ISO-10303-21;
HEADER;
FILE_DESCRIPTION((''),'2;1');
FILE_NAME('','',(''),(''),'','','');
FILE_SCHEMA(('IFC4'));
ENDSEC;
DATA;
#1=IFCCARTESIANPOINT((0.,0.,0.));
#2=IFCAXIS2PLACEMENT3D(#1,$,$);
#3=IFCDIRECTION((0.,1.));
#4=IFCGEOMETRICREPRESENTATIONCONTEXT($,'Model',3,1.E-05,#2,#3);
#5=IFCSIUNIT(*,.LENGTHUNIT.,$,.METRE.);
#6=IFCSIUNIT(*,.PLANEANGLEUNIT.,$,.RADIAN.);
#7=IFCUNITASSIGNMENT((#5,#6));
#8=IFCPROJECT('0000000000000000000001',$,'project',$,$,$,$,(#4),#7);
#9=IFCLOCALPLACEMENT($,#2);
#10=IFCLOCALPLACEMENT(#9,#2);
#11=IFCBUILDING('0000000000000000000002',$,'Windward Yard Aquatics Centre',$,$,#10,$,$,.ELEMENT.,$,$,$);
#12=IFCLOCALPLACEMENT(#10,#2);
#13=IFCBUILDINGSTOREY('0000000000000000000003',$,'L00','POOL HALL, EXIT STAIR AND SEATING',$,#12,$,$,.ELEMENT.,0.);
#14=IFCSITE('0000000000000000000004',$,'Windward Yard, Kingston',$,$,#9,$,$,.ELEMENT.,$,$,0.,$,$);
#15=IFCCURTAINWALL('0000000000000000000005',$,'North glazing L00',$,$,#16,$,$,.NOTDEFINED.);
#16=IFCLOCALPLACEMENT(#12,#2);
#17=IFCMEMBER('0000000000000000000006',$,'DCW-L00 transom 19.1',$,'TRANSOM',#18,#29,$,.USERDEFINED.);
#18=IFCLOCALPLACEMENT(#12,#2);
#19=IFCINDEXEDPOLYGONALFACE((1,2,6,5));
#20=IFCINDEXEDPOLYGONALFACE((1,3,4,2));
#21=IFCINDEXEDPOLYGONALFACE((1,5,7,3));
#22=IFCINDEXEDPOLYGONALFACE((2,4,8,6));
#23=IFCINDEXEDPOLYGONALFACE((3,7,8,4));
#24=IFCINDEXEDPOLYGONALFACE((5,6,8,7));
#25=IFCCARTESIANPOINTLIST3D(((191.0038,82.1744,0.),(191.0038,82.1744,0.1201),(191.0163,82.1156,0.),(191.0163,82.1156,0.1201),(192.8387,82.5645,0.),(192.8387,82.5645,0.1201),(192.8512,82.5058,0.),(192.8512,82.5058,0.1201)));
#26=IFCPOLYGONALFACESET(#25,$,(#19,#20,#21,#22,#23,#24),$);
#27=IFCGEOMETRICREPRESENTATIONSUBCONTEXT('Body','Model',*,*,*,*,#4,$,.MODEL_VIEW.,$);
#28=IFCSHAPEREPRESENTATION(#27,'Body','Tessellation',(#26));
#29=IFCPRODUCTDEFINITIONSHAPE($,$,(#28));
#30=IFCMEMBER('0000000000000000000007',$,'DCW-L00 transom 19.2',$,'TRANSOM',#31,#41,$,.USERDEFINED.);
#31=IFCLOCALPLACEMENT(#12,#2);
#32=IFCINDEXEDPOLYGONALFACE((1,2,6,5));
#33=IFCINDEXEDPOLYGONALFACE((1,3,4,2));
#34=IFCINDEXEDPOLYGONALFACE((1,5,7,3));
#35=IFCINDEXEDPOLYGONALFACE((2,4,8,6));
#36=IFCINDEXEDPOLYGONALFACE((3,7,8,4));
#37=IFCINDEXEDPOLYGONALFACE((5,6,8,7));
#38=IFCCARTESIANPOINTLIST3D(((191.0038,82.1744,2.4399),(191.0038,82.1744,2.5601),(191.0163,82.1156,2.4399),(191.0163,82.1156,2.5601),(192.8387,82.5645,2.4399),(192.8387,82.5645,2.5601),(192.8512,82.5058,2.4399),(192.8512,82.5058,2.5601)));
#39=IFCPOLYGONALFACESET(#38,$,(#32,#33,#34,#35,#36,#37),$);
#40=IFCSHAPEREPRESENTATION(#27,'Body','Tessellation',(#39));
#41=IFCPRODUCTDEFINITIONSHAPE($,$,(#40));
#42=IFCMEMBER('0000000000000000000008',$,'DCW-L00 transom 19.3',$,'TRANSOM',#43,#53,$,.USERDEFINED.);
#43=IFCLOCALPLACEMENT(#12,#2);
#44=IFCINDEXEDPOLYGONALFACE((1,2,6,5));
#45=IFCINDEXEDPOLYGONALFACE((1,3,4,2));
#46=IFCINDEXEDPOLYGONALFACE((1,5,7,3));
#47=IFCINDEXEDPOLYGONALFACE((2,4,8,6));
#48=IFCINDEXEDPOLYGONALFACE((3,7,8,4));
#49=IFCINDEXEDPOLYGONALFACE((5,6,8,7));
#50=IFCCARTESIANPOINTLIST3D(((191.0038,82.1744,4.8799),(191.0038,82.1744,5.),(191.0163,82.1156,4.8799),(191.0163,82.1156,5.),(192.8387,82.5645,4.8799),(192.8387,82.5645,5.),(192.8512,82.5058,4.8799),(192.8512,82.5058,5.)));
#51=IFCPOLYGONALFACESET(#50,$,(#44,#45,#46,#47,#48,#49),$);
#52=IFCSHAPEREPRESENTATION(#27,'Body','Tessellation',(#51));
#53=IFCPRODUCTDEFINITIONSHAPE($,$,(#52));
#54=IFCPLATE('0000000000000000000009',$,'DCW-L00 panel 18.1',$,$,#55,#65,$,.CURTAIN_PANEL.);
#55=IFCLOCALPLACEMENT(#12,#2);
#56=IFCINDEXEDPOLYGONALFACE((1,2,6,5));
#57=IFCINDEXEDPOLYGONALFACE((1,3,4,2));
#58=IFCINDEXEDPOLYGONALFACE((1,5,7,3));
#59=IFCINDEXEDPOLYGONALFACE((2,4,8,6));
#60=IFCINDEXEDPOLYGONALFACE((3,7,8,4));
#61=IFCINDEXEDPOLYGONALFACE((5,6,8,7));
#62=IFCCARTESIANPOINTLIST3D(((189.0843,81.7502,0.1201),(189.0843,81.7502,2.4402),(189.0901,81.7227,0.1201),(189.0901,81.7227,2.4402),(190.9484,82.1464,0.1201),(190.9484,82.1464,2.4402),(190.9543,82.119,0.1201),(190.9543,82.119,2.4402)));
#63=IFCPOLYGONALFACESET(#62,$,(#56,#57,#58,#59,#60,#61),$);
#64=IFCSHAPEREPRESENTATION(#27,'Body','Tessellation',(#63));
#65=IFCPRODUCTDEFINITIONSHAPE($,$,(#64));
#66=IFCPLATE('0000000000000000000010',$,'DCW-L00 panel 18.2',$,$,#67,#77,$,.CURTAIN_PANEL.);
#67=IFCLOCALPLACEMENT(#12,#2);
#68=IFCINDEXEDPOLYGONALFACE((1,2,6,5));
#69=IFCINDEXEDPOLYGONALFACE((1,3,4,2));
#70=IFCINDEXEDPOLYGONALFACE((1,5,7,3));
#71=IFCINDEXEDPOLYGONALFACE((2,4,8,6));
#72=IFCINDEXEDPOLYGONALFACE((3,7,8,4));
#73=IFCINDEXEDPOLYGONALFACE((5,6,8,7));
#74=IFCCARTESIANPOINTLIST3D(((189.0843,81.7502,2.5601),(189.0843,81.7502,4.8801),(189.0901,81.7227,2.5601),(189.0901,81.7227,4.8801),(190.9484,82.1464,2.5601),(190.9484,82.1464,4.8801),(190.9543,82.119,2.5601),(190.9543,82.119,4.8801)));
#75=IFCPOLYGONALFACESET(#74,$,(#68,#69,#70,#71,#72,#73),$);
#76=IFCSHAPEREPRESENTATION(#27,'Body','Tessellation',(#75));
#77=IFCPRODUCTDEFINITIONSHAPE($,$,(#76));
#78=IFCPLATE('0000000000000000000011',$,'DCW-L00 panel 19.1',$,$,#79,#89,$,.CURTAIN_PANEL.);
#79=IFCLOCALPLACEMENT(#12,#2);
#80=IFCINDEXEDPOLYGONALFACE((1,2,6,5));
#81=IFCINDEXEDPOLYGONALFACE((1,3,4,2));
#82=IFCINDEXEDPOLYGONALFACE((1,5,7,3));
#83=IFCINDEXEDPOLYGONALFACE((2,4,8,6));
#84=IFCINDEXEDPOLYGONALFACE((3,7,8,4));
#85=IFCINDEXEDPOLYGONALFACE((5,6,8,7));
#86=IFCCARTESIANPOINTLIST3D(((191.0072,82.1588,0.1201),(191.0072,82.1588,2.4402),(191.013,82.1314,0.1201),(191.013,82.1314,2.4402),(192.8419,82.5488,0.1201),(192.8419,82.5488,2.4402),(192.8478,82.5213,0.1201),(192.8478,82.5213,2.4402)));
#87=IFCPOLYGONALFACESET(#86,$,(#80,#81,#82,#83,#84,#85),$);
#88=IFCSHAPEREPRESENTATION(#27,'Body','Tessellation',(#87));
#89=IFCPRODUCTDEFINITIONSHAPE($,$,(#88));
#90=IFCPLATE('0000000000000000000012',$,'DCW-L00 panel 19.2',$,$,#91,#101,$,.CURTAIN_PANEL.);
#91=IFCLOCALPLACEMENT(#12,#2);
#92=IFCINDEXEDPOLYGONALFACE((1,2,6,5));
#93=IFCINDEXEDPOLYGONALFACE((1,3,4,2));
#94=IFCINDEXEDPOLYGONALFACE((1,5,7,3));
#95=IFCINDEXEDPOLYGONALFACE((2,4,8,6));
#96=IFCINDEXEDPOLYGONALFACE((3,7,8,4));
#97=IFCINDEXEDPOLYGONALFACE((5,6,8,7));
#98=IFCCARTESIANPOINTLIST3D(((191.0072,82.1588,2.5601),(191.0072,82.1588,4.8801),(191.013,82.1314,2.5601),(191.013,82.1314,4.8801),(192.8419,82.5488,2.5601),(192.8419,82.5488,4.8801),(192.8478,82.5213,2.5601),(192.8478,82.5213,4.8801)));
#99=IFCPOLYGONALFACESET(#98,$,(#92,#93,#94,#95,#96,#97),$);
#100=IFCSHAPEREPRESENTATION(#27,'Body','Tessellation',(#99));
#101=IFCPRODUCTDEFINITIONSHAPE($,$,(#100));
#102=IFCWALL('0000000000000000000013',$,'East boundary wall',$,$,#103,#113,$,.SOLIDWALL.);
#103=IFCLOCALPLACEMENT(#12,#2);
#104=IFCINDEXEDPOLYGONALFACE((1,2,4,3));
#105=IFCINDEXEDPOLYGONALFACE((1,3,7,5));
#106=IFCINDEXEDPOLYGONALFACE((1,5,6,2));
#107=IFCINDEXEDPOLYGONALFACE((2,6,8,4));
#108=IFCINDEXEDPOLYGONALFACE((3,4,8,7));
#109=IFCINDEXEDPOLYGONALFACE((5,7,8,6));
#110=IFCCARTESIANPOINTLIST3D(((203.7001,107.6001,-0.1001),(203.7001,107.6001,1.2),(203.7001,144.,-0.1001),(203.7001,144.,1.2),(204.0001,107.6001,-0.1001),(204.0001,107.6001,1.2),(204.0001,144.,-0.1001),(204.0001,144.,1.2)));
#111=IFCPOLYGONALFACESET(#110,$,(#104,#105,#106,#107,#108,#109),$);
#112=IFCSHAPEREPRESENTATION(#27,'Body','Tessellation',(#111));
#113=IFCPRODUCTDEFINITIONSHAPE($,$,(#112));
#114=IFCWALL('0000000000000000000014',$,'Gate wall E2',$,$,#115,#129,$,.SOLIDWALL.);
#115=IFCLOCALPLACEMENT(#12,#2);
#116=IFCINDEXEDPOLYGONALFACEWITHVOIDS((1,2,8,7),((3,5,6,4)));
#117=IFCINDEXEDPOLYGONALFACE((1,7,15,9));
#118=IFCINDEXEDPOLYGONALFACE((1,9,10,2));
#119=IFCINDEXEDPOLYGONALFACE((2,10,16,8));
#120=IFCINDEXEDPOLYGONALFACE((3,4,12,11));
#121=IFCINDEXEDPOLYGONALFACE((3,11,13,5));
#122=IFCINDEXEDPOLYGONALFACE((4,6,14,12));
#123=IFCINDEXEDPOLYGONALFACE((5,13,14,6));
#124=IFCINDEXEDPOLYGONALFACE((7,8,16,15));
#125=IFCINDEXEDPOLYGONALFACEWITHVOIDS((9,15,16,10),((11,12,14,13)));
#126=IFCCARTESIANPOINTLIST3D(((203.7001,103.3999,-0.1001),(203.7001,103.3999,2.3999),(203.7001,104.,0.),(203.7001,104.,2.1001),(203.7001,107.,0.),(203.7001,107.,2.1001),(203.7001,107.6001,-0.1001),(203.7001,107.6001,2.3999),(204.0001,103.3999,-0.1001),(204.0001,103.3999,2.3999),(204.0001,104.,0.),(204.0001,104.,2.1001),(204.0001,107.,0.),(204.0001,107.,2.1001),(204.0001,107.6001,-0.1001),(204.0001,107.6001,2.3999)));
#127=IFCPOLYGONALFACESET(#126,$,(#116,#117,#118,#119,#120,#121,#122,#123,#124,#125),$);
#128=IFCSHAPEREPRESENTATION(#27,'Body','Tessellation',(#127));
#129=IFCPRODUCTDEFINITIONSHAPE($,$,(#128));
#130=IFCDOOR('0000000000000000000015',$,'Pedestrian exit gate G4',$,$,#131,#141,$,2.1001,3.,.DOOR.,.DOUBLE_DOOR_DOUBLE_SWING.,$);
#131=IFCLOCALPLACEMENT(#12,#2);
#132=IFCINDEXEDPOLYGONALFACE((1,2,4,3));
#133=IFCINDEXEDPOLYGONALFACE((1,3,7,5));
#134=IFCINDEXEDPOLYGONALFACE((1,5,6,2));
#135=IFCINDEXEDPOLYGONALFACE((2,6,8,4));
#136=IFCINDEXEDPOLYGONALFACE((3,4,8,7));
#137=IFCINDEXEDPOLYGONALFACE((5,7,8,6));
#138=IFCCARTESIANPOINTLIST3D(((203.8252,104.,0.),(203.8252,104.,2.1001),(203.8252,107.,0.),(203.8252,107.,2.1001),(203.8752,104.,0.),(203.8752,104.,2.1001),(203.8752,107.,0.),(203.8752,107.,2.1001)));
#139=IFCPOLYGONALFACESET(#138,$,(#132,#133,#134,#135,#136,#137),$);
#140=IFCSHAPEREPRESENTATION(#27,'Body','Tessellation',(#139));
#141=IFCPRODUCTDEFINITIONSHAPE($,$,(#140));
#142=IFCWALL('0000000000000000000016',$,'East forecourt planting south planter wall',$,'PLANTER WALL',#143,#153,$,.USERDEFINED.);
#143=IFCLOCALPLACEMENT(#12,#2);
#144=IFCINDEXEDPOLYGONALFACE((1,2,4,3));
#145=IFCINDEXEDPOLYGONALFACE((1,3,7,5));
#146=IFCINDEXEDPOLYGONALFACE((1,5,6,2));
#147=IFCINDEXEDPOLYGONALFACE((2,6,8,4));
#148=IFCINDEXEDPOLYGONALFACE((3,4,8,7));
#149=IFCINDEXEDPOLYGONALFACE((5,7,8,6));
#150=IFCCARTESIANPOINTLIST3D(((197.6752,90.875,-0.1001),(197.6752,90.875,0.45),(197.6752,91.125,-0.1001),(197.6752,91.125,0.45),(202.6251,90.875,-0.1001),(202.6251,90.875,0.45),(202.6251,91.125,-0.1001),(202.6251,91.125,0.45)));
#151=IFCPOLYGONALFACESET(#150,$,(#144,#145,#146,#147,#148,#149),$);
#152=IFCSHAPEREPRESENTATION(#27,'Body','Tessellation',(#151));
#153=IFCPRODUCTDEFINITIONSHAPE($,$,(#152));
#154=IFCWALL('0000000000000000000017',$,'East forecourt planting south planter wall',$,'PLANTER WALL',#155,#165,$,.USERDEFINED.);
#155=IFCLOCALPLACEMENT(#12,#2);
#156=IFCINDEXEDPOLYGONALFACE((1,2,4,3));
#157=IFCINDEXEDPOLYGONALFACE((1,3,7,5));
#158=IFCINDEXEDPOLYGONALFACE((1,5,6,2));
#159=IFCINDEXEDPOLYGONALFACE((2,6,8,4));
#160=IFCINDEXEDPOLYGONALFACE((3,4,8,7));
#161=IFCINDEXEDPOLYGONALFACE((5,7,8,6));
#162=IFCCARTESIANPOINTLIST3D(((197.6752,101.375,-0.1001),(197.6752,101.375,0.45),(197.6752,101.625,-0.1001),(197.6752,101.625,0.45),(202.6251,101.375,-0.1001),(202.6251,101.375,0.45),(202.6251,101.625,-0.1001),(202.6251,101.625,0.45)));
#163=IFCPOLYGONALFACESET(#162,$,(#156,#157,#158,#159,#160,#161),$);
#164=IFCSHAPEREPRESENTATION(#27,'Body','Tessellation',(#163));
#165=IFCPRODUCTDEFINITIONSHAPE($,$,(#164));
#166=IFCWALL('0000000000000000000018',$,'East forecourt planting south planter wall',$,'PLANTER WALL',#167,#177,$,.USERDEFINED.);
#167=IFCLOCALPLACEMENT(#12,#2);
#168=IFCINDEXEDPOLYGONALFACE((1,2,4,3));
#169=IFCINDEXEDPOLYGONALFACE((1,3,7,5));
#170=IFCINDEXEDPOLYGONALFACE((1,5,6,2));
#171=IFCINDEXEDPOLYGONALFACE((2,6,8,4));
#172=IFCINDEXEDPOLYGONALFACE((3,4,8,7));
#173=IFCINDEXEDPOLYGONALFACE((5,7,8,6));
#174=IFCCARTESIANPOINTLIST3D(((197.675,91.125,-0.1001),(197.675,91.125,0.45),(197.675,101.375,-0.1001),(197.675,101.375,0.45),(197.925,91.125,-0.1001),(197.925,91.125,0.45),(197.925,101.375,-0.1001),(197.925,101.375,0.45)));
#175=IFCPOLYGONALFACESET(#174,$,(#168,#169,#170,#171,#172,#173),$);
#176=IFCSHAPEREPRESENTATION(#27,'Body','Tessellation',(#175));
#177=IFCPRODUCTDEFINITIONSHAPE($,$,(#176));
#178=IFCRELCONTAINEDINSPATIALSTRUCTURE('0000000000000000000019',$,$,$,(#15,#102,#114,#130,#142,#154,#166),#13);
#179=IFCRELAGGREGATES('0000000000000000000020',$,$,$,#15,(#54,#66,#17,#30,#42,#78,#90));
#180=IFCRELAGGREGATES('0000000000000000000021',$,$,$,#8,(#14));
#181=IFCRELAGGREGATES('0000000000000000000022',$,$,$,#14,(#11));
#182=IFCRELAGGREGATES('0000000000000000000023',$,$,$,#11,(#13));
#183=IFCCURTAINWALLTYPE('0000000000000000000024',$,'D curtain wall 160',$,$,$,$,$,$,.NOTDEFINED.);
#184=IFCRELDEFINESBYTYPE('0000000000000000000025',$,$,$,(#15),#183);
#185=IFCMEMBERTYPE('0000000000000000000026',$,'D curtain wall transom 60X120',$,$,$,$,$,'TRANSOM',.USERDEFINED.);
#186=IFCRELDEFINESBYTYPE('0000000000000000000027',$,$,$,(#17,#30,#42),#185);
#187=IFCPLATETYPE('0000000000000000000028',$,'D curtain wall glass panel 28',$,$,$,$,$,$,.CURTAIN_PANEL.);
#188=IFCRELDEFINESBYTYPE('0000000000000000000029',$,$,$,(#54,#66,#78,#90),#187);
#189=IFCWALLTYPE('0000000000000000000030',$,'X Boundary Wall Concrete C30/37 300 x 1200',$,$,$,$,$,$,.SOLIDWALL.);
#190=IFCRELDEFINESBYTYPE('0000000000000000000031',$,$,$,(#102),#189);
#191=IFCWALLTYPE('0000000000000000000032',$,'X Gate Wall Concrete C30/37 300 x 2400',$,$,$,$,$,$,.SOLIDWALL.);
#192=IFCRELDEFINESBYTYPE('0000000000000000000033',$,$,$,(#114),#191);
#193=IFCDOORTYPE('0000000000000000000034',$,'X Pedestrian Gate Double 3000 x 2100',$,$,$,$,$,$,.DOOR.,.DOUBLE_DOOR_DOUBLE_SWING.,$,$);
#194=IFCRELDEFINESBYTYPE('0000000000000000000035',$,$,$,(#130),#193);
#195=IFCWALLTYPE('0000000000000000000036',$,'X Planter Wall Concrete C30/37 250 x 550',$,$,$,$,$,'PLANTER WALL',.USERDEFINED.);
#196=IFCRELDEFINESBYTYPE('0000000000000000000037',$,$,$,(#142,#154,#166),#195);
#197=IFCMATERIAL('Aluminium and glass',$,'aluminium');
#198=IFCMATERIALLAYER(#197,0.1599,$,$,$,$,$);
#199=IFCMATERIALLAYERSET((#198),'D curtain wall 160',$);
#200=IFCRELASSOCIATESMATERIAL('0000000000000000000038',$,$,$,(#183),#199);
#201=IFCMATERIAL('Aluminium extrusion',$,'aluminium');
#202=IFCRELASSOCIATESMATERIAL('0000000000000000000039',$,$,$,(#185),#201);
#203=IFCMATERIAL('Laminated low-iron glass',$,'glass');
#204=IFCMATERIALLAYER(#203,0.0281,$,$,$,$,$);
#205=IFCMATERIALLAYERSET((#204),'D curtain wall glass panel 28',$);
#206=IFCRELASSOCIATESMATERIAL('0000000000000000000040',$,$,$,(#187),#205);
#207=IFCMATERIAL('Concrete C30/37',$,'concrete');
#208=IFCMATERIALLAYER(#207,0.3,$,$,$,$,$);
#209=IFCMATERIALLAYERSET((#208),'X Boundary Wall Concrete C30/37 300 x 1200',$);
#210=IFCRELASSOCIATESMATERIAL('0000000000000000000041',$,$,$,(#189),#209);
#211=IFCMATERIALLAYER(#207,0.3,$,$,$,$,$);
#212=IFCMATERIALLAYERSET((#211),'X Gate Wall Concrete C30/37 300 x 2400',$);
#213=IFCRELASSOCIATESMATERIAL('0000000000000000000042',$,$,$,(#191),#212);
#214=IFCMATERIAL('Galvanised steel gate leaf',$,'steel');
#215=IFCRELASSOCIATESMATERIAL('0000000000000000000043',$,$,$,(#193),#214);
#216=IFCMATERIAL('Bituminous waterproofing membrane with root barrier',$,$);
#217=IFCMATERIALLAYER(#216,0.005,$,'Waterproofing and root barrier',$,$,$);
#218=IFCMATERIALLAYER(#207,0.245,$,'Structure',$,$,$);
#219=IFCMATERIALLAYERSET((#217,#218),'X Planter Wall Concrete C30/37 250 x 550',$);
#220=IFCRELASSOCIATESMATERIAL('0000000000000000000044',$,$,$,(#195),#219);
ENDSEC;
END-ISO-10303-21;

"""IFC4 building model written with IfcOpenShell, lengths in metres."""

from ifc_helpers import new_model, si_unit, direction, frame, frame_2d, origin, origin_2d, place, context, subcontext, project, spatial, rectangle, extrude, material, layer, layer_set, material_profile, profile_set, type_object, element, fill, aggregate, save


model = new_model("IFC4")

# Units and contexts
model_context = context("Model", 3, precision=1e-05, world=origin(), true_north=direction((0.0, 1.0)))
body_context = subcontext(model_context, "Body", "Model", "MODEL_VIEW")
ifc_project = project(units=[si_unit("LENGTHUNIT", "METRE"), si_unit("PLANEANGLEUNIT", "RADIAN")], contexts=[model_context])

# Site, building, storey
site_placement = place(None, origin())
site = spatial("IfcSite", under=ifc_project, at=site_placement, Name="Windward Yard, Kingston", CompositionType="ELEMENT", RefElevation=0.0)
building_placement = place(site_placement, origin())
building = spatial("IfcBuilding", under=site, at=building_placement, Name="Windward Yard Aquatics Centre", CompositionType="ELEMENT")
storey_placement = place(building_placement, origin())
storey = spatial("IfcBuildingStorey", under=building, at=storey_placement, Name="L00", Description="POOL HALL, EXIT STAIR AND SEATING", CompositionType="ELEMENT", Elevation=0.0)

# Curtain wall, members, plates
ifc_material_1 = material(Name="Aluminium and glass", Category="aluminium")
ifc_layer_1 = layer(ifc_material_1, 0.1599)
ifc_layer_set_1 = layer_set([ifc_layer_1], Name="D curtain wall 160")
curtain_wall_type = type_object("IfcCurtainWallType", Name="D curtain wall 160", PredefinedType="NOTDEFINED", material=ifc_layer_set_1)
curtain_wall_placement = place(storey_placement, origin())
curtain_wall = element("IfcCurtainWall", 1, at=curtain_wall_placement, inside=storey, type_object=curtain_wall_type, Name="North glazing L00", PredefinedType="NOTDEFINED")
ifc_material_2 = material(Name="Aluminium extrusion", Category="aluminium")
ifc_material_profile_1 = material_profile(ifc_material_2, rectangle(XDim=0.0601, YDim=0.1201, at=origin_2d()), Name="TRANSOM 60X120")
ifc_profile_set_1 = profile_set([ifc_material_profile_1], Name="Aluminium extrusion")
member_type_1 = type_object("IfcMemberType", Name="D curtain wall transom 60X120", ElementType="TRANSOM", PredefinedType="USERDEFINED", material=ifc_profile_set_1)
member_1_placement = place(storey_placement, frame((191.01, 82.145, 0.0601), z_axis=(0.978136, 0.207965, 0.0), x_axis=(-0.207965, 0.978136, 0.0)))
member_1 = element("IfcMember", 2, at=member_1_placement, type_object=member_type_1, Name="DCW-L00 transom 19.1", ObjectType="TRANSOM", PredefinedType="USERDEFINED", context=body_context, shape_type="SweptSolid", body=[
    extrude(rectangle(XDim=0.0601, YDim=0.1201, at=origin_2d()), origin(), (0.0, 0.0, 1.0), 1.876),
])
member_2_placement = place(storey_placement, frame((191.01, 82.145, 2.5), z_axis=(0.978136, 0.207965, 0.0), x_axis=(-0.207965, 0.978136, 0.0)))
member_2 = element("IfcMember", 3, at=member_2_placement, type_object=member_type_1, Name="DCW-L00 transom 19.2", ObjectType="TRANSOM", PredefinedType="USERDEFINED", context=body_context, shape_type="SweptSolid", body=[
    extrude(rectangle(XDim=0.0601, YDim=0.1201, at=origin_2d()), origin(), (0.0, 0.0, 1.0), 1.876),
])
member_3_placement = place(storey_placement, frame((191.01, 82.145, 4.9399), z_axis=(0.978136, 0.207965, 0.0), x_axis=(-0.207965, 0.978136, 0.0)))
member_3 = element("IfcMember", 4, at=member_3_placement, type_object=member_type_1, Name="DCW-L00 transom 19.3", ObjectType="TRANSOM", PredefinedType="USERDEFINED", context=body_context, shape_type="SweptSolid", body=[
    extrude(rectangle(XDim=0.0601, YDim=0.1201, at=origin_2d()), origin(), (0.0, 0.0, 1.0), 1.876),
])
ifc_material_3 = material(Name="Laminated low-iron glass", Category="glass")
ifc_layer_2 = layer(ifc_material_3, 0.0281)
ifc_layer_set_2 = layer_set([ifc_layer_2], Name="D curtain wall glass panel 28")
plate_type = type_object("IfcPlateType", Name="D curtain wall glass panel 28", PredefinedType="CURTAIN_PANEL", material=ifc_layer_set_2)
plate_1_placement = place(storey_placement, frame((190.0193, 81.9346, 0.1201), z_axis=(0.0, 0.0, 1.0), x_axis=(0.978148, 0.207912, 0.0)))
plate_1 = element("IfcPlate", 5, at=plate_1_placement, type_object=plate_type, Name="DCW-L00 panel 18.1", PredefinedType="CURTAIN_PANEL", context=body_context, shape_type="SweptSolid", body=[
    extrude(rectangle(XDim=1.9058, YDim=0.0281, at=origin_2d()), origin(), (0.0, 0.0, 1.0), 2.3201),
])
plate_2_placement = place(storey_placement, frame((190.0193, 81.9346, 2.5601), z_axis=(0.0, 0.0, 1.0), x_axis=(0.978148, 0.207912, 0.0)))
plate_2 = element("IfcPlate", 6, at=plate_2_placement, type_object=plate_type, Name="DCW-L00 panel 18.2", PredefinedType="CURTAIN_PANEL", context=body_context, shape_type="SweptSolid", body=[
    extrude(rectangle(XDim=1.9058, YDim=0.0281, at=origin_2d()), origin(), (0.0, 0.0, 1.0), 2.3201),
])
plate_3_placement = place(storey_placement, frame((191.9275, 82.3401, 0.1201), z_axis=(0.0, 0.0, 1.0), x_axis=(0.978148, 0.207912, 0.0)))
plate_3 = element("IfcPlate", 7, at=plate_3_placement, type_object=plate_type, Name="DCW-L00 panel 19.1", PredefinedType="CURTAIN_PANEL", context=body_context, shape_type="SweptSolid", body=[
    extrude(rectangle(XDim=1.8757, YDim=0.0281, at=origin_2d()), origin(), (0.0, 0.0, 1.0), 2.3201),
])
plate_4_placement = place(storey_placement, frame((191.9275, 82.3401, 2.5601), z_axis=(0.0, 0.0, 1.0), x_axis=(0.978148, 0.207912, 0.0)))
plate_4 = element("IfcPlate", 8, at=plate_4_placement, type_object=plate_type, Name="DCW-L00 panel 19.2", PredefinedType="CURTAIN_PANEL", context=body_context, shape_type="SweptSolid", body=[
    extrude(rectangle(XDim=1.8757, YDim=0.0281, at=origin_2d()), origin(), (0.0, 0.0, 1.0), 2.3201),
])
aggregate(curtain_wall, [plate_1, plate_2, member_1, member_2, member_3, plate_3, plate_4])

# Wall
ifc_material_4 = material(Name="Concrete C30/37", Category="concrete")
ifc_layer_3 = layer(ifc_material_4, 0.3)
ifc_layer_set_3 = layer_set([ifc_layer_3], Name="X Boundary Wall Concrete C30/37 300 x 1200")
wall_type_1 = type_object("IfcWallType", Name="X Boundary Wall Concrete C30/37 300 x 1200", PredefinedType="SOLIDWALL", material=ifc_layer_set_3)
wall_1_placement = place(storey_placement, frame((203.8501, 107.6001, -0.1001), z_axis=(0.0, 0.0, 1.0), x_axis=(0.0, 1.0, 0.0)))
element("IfcWall", 9, at=wall_1_placement, inside=storey, type_object=wall_type_1, Name="East boundary wall", PredefinedType="SOLIDWALL", context=body_context, shape_type="SweptSolid", body=[
    extrude(rectangle(XDim=36.3999, YDim=0.3, at=frame_2d((18.2, 0.0))), origin(), (0.0, 0.0, 1.0), 1.3),
])

# Wall, opening, door
ifc_layer_4 = layer(ifc_material_4, 0.3)
ifc_layer_set_4 = layer_set([ifc_layer_4], Name="X Gate Wall Concrete C30/37 300 x 2400")
wall_type_2 = type_object("IfcWallType", Name="X Gate Wall Concrete C30/37 300 x 2400", PredefinedType="SOLIDWALL", material=ifc_layer_set_4)
wall_2_placement = place(storey_placement, frame((203.8501, 103.3999, -0.1001), z_axis=(0.0, 0.0, 1.0), x_axis=(0.0, 1.0, 0.0)))
wall_2 = element("IfcWall", 10, at=wall_2_placement, inside=storey, type_object=wall_type_2, Name="Gate wall E2", PredefinedType="SOLIDWALL", context=body_context, shape_type="SweptSolid", body=[
    extrude(rectangle(XDim=4.2002, YDim=0.3, at=frame_2d((2.1001, 0.0))), origin(), (0.0, 0.0, 1.0), 2.5),
])
opening_placement = place(wall_2_placement, frame((0.6001, 0.0, 0.1001)))
opening = element("IfcOpeningElement", 11, at=opening_placement, cuts=wall_2, PredefinedType="OPENING", context=body_context, shape_type="SweptSolid", body=[
    extrude(rectangle(XDim=3.0, YDim=2.1001, at=frame_2d((1.5, 1.05))), frame((0.0, 0.1602, 0.0), z_axis=(0.0, -1.0, 0.0), x_axis=(1.0, 0.0, 0.0)), (0.0, 0.0, 1.0), 0.3201),
])
ifc_material_5 = material(Name="Galvanised steel gate leaf", Category="steel")
door_type = type_object("IfcDoorType", Name="X Pedestrian Gate Double 3000 x 2100", OperationType="DOUBLE_DOOR_DOUBLE_SWING", PredefinedType="DOOR", material=ifc_material_5)
door_placement = place(opening_placement, origin())
door = element("IfcDoor", 12, at=door_placement, inside=storey, type_object=door_type, Name="Pedestrian exit gate G4", OperationType="DOUBLE_DOOR_DOUBLE_SWING", OverallHeight=2.1001, OverallWidth=3.0, PredefinedType="DOOR", context=body_context, shape_type="SweptSolid", body=[
    extrude(rectangle(XDim=3.0, YDim=2.1001, at=frame_2d((1.5, 1.05))), frame((0.0, 0.0249, 0.0), z_axis=(0.0, -1.0, 0.0), x_axis=(1.0, 0.0, 0.0)), (0.0, 0.0, 1.0), 0.05),
])
fill(opening, door)

# Walls
ifc_material_6 = material(Name="Bituminous waterproofing membrane with root barrier")
ifc_layer_5 = layer(ifc_material_6, 0.005, Name="Waterproofing and root barrier")
ifc_layer_6 = layer(ifc_material_4, 0.245, Name="Structure")
ifc_layer_set_5 = layer_set([ifc_layer_5, ifc_layer_6], Name="X Planter Wall Concrete C30/37 250 x 550")
wall_type_3 = type_object("IfcWallType", Name="X Planter Wall Concrete C30/37 250 x 550", ElementType="PLANTER WALL", PredefinedType="USERDEFINED", material=ifc_layer_set_5)
for number, where, z_axis, x_axis, name in (
    (13, (197.675, 91.0, -0.1001), (0.0, 0.0, 1.0), (1.0, 0.0, 0.0), "East forecourt planting south planter wall"),
    (14, (197.675, 101.5, -0.1001), (0.0, 0.0, 1.0), (1.0, 0.0, 0.0), "East forecourt planting south planter wall"),
):
    element("IfcWall", number, at=place(storey_placement, frame(where, z_axis=z_axis, x_axis=x_axis)), inside=storey, type_object=wall_type_3, Name=name, ObjectType="PLANTER WALL", PredefinedType="USERDEFINED", context=body_context, shape_type="SweptSolid", body=[
        extrude(rectangle(XDim=4.95, YDim=0.25, at=frame_2d((2.4751, 0.0))), origin(), (0.0, 0.0, 1.0), 0.55),
    ])
for number, where, z_axis, x_axis, name in (
    (15, (197.8, 91.125, -0.1001), (0.0, 0.0, 1.0), (0.0, 1.0, 0.0), "East forecourt planting south planter wall"),
):
    element("IfcWall", number, at=place(storey_placement, frame(where, z_axis=z_axis, x_axis=x_axis)), inside=storey, type_object=wall_type_3, Name=name, ObjectType="PLANTER WALL", PredefinedType="USERDEFINED", context=body_context, shape_type="SweptSolid", body=[
        extrude(rectangle(XDim=10.25, YDim=0.25, at=frame_2d((5.125, 0.0))), origin(), (0.0, 0.0, 1.0), 0.55),
    ])

save(model, "model.ifc")
